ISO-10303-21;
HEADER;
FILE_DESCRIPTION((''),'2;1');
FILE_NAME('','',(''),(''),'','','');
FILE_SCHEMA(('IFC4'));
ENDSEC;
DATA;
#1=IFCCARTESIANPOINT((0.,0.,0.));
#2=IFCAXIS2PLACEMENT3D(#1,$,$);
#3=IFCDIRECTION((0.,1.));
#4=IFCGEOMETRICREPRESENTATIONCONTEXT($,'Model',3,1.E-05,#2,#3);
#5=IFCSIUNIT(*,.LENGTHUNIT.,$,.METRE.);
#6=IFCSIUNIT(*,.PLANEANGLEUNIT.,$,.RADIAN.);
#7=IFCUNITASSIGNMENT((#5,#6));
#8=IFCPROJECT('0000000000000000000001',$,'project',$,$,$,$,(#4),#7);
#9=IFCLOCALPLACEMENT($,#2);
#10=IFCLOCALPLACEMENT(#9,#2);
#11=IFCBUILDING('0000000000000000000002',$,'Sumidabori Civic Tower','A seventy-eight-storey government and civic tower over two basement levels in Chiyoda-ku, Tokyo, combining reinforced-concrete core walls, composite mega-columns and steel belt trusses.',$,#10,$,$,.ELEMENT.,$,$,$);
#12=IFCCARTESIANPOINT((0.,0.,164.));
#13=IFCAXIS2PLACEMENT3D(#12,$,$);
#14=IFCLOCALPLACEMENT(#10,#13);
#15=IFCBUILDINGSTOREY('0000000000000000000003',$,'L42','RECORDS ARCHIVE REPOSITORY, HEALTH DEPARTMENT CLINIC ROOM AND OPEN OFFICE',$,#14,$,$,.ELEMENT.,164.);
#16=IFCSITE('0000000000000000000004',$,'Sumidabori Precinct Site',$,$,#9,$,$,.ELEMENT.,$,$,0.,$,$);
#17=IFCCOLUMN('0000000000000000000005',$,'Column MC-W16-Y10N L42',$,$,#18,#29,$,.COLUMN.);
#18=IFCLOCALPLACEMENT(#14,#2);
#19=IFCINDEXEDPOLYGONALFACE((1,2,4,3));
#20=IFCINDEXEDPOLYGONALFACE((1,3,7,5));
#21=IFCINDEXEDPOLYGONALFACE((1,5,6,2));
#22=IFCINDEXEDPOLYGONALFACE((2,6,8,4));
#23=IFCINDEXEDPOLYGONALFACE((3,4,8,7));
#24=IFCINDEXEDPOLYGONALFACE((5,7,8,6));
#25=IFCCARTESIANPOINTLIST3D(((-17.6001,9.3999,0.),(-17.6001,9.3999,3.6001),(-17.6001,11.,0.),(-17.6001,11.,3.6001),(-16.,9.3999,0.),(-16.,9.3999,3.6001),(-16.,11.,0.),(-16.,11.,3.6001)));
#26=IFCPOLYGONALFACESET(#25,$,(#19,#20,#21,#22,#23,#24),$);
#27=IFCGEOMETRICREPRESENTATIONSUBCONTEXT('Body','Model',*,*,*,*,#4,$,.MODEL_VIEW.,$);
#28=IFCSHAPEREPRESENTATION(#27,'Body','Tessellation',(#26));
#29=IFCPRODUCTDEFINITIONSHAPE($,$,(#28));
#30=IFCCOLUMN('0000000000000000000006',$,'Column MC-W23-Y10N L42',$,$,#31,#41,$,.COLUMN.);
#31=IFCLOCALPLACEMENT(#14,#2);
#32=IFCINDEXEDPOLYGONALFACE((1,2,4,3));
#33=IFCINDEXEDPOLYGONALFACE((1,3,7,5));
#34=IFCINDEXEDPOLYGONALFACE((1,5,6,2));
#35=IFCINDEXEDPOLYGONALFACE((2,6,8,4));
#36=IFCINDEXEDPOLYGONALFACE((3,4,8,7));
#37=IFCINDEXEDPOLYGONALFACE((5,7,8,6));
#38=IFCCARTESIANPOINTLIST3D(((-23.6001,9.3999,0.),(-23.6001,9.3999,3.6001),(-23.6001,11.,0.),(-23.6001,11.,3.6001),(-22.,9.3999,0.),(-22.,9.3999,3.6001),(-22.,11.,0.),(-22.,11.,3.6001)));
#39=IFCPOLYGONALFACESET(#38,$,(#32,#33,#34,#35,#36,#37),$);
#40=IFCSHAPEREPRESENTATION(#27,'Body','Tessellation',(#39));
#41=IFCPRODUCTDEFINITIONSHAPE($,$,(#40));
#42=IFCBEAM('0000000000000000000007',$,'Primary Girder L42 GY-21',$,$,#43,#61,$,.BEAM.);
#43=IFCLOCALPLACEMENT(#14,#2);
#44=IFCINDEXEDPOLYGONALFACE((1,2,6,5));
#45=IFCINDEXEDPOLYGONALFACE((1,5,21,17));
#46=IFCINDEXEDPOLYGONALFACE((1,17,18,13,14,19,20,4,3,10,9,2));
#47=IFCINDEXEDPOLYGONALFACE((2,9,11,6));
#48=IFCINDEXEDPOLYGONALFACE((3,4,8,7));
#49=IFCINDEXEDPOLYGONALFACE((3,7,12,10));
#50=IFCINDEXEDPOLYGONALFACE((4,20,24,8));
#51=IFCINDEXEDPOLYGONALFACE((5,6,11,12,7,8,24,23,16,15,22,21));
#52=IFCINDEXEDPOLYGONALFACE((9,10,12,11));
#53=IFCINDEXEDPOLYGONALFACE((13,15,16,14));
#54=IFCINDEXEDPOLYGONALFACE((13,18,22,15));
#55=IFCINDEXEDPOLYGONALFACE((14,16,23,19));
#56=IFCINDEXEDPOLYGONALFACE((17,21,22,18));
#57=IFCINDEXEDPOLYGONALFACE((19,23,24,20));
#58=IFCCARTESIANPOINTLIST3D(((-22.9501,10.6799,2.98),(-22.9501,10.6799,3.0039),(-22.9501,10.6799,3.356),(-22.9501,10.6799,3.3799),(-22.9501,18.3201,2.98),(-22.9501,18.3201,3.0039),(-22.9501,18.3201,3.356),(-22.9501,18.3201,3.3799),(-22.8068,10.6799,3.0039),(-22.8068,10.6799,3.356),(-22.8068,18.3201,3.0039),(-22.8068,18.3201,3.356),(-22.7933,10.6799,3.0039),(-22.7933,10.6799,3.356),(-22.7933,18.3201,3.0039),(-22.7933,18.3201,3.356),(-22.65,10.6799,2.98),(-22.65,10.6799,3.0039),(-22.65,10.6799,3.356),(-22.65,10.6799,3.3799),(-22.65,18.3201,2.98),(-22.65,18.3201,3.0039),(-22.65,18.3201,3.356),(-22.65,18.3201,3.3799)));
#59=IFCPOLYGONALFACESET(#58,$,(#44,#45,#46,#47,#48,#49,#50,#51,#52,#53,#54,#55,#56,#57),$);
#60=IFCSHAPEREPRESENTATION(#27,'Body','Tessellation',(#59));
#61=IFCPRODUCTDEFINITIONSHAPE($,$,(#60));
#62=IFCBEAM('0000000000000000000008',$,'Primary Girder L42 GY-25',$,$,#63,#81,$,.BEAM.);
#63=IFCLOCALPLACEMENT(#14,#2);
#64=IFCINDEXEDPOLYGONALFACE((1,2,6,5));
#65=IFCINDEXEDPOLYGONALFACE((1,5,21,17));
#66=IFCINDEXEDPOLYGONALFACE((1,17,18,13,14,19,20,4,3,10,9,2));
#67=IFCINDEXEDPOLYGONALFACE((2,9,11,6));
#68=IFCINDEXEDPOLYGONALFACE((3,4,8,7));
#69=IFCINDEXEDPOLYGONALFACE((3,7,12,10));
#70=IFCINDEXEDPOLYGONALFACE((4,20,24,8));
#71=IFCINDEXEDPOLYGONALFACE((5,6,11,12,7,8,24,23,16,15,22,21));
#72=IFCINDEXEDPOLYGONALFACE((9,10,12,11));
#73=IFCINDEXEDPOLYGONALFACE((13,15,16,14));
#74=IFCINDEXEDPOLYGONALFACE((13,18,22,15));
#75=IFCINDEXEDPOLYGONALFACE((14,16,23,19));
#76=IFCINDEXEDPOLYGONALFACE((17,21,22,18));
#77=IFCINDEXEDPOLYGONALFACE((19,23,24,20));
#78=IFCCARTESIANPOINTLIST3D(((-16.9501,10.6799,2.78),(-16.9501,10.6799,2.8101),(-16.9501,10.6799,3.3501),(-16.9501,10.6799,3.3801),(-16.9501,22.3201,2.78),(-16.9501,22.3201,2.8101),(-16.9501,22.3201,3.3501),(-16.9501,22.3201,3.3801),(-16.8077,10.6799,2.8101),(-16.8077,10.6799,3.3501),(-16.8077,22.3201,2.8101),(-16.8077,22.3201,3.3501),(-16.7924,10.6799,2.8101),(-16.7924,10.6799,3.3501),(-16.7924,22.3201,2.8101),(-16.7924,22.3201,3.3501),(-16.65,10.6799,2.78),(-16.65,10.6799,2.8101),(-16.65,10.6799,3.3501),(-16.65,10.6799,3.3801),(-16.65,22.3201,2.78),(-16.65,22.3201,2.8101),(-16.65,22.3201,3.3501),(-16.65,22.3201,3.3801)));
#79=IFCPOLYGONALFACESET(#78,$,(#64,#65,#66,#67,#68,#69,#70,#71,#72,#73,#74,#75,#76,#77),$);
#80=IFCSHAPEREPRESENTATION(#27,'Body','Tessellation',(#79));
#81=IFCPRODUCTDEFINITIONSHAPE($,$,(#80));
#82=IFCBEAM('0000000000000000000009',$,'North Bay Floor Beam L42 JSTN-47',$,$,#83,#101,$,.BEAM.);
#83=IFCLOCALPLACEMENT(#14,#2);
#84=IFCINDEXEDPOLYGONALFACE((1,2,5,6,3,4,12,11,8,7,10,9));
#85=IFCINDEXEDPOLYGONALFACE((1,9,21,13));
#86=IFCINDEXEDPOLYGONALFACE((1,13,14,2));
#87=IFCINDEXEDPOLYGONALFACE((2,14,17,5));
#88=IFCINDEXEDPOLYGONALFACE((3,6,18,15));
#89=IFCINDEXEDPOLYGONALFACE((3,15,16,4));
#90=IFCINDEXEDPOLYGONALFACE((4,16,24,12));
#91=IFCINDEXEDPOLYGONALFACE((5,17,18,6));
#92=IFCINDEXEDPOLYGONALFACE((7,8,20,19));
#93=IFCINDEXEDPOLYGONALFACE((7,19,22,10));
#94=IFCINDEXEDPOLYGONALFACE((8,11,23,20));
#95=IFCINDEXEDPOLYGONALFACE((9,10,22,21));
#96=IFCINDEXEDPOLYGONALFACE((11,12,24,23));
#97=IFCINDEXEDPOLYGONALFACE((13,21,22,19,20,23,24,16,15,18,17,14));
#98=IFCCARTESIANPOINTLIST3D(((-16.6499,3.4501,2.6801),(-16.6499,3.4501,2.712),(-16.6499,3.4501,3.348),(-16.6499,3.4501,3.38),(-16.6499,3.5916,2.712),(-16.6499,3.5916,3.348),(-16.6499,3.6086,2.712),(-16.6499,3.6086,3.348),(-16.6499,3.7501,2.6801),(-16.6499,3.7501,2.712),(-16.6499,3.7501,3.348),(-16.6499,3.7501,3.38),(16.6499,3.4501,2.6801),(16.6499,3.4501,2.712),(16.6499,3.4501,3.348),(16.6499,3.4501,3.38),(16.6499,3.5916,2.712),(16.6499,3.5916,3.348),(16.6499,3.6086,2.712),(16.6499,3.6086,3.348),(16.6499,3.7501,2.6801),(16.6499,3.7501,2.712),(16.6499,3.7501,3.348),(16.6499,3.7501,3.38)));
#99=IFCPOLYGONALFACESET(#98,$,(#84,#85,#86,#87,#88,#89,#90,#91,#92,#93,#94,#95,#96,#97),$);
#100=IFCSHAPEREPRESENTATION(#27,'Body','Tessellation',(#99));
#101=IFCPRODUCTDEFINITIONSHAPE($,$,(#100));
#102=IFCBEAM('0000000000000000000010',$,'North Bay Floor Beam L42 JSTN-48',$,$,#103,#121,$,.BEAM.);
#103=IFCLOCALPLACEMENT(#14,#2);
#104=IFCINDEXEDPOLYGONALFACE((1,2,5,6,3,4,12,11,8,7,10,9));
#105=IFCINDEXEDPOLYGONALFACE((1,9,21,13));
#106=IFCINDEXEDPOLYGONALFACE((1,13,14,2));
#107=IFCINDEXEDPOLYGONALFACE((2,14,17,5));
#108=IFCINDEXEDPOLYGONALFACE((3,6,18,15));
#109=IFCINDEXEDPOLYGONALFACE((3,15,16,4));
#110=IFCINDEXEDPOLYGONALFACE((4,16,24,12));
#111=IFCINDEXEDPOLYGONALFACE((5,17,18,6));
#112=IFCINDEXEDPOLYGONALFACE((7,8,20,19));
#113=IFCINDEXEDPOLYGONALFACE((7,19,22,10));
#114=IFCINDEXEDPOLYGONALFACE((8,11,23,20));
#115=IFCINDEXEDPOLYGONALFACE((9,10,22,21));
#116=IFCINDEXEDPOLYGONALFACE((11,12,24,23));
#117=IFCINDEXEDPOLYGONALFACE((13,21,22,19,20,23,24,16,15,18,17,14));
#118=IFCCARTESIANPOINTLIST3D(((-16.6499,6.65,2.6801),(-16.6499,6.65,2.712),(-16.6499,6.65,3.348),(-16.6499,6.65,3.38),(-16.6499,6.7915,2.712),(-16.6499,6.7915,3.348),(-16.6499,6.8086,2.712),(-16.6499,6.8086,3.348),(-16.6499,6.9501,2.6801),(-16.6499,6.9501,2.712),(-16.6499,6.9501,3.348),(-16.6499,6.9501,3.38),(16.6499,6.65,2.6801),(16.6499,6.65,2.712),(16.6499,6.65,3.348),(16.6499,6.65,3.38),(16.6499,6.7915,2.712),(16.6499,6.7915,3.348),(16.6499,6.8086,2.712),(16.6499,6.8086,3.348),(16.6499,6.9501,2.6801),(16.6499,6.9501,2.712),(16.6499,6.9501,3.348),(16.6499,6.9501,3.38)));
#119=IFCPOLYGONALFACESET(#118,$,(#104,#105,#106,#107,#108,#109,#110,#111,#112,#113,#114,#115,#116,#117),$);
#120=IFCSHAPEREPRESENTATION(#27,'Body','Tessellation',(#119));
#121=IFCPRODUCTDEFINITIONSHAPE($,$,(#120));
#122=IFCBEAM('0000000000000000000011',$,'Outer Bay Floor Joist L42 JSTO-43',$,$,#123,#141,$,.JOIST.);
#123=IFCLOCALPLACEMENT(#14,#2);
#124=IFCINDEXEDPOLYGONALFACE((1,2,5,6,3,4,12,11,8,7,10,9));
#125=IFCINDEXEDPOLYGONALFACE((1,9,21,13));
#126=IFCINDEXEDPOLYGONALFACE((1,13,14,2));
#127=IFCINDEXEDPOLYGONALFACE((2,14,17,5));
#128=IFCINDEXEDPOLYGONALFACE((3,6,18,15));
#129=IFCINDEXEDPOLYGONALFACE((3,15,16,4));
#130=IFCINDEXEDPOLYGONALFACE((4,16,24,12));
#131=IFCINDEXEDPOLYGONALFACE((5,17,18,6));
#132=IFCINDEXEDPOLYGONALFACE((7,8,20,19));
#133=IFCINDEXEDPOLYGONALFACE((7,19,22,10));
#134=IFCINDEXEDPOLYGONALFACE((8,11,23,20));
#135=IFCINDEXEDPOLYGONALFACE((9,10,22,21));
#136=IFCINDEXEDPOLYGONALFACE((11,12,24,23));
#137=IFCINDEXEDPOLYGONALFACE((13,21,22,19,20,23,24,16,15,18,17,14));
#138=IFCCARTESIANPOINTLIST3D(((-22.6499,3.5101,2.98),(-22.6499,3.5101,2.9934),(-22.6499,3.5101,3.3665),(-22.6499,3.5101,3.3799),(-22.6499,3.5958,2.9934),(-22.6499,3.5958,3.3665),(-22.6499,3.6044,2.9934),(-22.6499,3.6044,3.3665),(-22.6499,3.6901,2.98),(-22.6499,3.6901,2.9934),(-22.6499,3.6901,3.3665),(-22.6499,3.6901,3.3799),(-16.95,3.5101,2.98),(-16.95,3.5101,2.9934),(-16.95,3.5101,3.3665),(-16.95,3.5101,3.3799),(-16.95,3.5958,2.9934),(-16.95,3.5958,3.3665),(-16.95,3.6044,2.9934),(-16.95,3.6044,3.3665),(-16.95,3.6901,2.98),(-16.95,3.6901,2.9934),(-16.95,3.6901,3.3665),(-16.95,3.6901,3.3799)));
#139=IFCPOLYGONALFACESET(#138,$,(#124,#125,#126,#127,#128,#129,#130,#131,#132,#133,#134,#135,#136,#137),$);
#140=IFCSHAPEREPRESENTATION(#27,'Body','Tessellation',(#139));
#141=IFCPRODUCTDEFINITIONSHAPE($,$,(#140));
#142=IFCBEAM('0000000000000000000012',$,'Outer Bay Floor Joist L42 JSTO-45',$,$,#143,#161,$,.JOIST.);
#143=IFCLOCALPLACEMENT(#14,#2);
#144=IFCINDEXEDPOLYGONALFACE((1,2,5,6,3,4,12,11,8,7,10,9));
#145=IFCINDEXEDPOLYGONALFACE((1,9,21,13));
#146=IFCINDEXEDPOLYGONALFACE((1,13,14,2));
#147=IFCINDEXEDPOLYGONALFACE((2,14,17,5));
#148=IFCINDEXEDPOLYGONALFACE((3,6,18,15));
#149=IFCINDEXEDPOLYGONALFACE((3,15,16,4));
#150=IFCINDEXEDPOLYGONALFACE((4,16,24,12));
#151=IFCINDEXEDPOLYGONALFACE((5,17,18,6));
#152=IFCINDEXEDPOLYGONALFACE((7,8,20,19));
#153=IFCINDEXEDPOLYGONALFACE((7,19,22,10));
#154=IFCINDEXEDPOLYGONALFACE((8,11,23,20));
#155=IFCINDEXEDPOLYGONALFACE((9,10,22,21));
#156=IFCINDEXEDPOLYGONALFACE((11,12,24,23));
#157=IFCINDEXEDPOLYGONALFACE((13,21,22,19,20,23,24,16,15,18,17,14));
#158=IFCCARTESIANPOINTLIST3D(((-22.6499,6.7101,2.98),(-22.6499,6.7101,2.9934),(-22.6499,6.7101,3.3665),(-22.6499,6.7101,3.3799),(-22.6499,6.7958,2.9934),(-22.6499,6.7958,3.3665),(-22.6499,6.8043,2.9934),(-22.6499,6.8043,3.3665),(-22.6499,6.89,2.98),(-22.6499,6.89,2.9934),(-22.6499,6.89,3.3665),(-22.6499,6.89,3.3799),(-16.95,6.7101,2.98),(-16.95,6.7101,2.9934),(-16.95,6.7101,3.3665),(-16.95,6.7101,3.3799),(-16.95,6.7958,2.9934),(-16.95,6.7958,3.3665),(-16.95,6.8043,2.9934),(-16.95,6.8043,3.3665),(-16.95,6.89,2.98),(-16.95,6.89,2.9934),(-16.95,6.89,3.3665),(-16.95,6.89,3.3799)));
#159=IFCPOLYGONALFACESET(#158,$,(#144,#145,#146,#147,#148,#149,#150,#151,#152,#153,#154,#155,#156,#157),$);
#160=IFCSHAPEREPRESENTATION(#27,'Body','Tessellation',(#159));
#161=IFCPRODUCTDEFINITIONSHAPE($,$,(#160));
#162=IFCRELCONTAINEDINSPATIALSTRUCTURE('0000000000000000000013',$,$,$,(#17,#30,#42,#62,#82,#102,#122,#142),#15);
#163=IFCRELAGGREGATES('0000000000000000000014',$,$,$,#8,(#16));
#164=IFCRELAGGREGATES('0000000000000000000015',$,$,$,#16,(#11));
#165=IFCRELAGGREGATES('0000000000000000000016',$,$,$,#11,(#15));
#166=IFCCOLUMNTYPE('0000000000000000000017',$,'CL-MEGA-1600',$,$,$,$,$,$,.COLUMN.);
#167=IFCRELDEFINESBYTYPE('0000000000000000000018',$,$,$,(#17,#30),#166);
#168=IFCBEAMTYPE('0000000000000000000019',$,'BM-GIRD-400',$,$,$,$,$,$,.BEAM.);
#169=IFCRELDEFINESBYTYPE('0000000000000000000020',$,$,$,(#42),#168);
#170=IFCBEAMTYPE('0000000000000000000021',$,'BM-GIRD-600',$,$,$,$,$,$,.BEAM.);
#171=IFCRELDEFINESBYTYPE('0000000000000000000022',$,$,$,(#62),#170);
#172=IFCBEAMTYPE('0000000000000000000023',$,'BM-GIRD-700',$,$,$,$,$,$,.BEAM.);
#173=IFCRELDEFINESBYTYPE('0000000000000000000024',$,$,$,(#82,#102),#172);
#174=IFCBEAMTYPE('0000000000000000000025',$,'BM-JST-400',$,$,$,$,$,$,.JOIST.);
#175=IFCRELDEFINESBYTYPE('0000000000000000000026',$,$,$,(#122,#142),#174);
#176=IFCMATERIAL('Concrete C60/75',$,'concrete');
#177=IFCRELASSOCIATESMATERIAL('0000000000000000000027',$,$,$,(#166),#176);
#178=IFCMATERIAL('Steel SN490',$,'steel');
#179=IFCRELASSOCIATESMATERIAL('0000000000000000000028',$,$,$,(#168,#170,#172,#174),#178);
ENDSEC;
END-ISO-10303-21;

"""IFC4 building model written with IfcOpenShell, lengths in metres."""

from ifc_helpers import new_model, si_unit, direction, frame, origin, origin_2d, place, context, subcontext, project, spatial, rectangle, i_section, extrude, source, transform, mapped, material, material_profile, profile_set, type_object, element, save


model = new_model("IFC4")

# Units and contexts
model_context = context("Model", 3, precision=1e-05, world=origin(), true_north=direction((0.0, 1.0)))
body_context = subcontext(model_context, "Body", "Model", "MODEL_VIEW")
ifc_project = project(units=[si_unit("LENGTHUNIT", "METRE"), si_unit("PLANEANGLEUNIT", "RADIAN")], contexts=[model_context])

# Site, building, storey
site_placement = place(None, origin())
site = spatial("IfcSite", under=ifc_project, at=site_placement, Name="Sumidabori Precinct Site", CompositionType="ELEMENT", RefElevation=0.0)
building_placement = place(site_placement, origin())
building = spatial("IfcBuilding", under=site, at=building_placement, Name="Sumidabori Civic Tower", Description="A seventy-eight-storey government and civic tower over two basement levels in Chiyoda-ku, Tokyo, combining reinforced-concrete core walls, composite mega-columns and steel belt trusses.", CompositionType="ELEMENT")
storey_placement = place(building_placement, frame((0.0, 0.0, 164.0)))
storey = spatial("IfcBuildingStorey", under=building, at=storey_placement, Name="L42", Description="RECORDS ARCHIVE REPOSITORY, HEALTH DEPARTMENT CLINIC ROOM AND OPEN OFFICE", CompositionType="ELEMENT", Elevation=164.0)

# Columns
ifc_material_1 = material(Name="Concrete C60/75", Category="concrete")
ifc_material_profile_1 = material_profile(ifc_material_1, rectangle(XDim=1.6001, YDim=1.6001, at=origin_2d()), Name="RC 1600x1600")
ifc_profile_set_1 = profile_set([ifc_material_profile_1], Name="Concrete C60/75")
column_type = type_object("IfcColumnType", Name="CL-MEGA-1600", PredefinedType="COLUMN", material=ifc_profile_set_1)
shared_shape_1 = source(origin(), body_context, "Body", "SweptSolid", [
    extrude(rectangle(XDim=1.6001, YDim=1.6001, at=origin_2d()), origin(), (0.0, 0.0, 1.0), 3.6001),
])
for number, where, z_axis, x_axis, name in (
    (1, (-16.8, 10.2, 0.0), (0.0, 0.0, 1.0), (1.0, 0.0, 0.0), "Column MC-W16-Y10N L42"),
    (2, (-22.8, 10.2, 0.0), (0.0, 0.0, 1.0), (1.0, 0.0, 0.0), "Column MC-W23-Y10N L42"),
):
    element("IfcColumn", number, at=place(storey_placement, frame(where, z_axis=z_axis, x_axis=x_axis)), inside=storey, type_object=column_type, Name=name, PredefinedType="COLUMN", context=body_context, shape_type="MappedRepresentation", body=[
        mapped(shared_shape_1, transform((0.0, 0.0, 0.0), x_axis=(1.0, 0.0, 0.0), y_axis=(0.0, 1.0, 0.0), z_axis=(0.0, 0.0, 1.0), scale=1.0)),
    ])

# Beams
ifc_material_2 = material(Name="Steel SN490", Category="steel")
ifc_material_profile_2 = material_profile(ifc_material_2, i_section(OverallWidth=0.3, OverallDepth=0.3999, WebThickness=0.0134, FlangeThickness=0.0239, at=origin_2d()), Name="HE 400 B")
ifc_profile_set_2 = profile_set([ifc_material_profile_2], Name="Steel SN490")
beam_type_1 = type_object("IfcBeamType", Name="BM-GIRD-400", PredefinedType="BEAM", material=ifc_profile_set_2)
shared_shape_2 = source(origin(), body_context, "Body", "SweptSolid", [
    extrude(i_section(OverallWidth=0.3, OverallDepth=0.3999, WebThickness=0.0134, FlangeThickness=0.0239, at=origin_2d()), origin(), (0.0, 0.0, 1.0), 7.6401),
])
beam_1_placement = place(storey_placement, frame((-22.8, 10.6799, 3.1799), z_axis=(0.0, 1.0, 0.0), x_axis=(-1.0, 0.0, 0.0)))
element("IfcBeam", 3, at=beam_1_placement, inside=storey, type_object=beam_type_1, Name="Primary Girder L42 GY-21", PredefinedType="BEAM", context=body_context, shape_type="MappedRepresentation", body=[
    mapped(shared_shape_2, transform((0.0, 0.0, 0.0), x_axis=(1.0, 0.0, 0.0), y_axis=(0.0, 1.0, 0.0), z_axis=(0.0, 0.0, 1.0), scale=1.0)),
])
ifc_material_profile_3 = material_profile(ifc_material_2, i_section(OverallWidth=0.3, OverallDepth=0.6001, WebThickness=0.0154, FlangeThickness=0.03, at=origin_2d()), Name="HE 600 B")
ifc_profile_set_3 = profile_set([ifc_material_profile_3], Name="Steel SN490")
beam_type_2 = type_object("IfcBeamType", Name="BM-GIRD-600", PredefinedType="BEAM", material=ifc_profile_set_3)
shared_shape_3 = source(origin(), body_context, "Body", "SweptSolid", [
    extrude(i_section(OverallWidth=0.3, OverallDepth=0.6001, WebThickness=0.0154, FlangeThickness=0.03, at=origin_2d()), origin(), (0.0, 0.0, 1.0), 11.6401),
])
beam_2_placement = place(storey_placement, frame((-16.8, 10.6799, 3.0801), z_axis=(0.0, 1.0, 0.0), x_axis=(-1.0, 0.0, 0.0)))
element("IfcBeam", 4, at=beam_2_placement, inside=storey, type_object=beam_type_2, Name="Primary Girder L42 GY-25", PredefinedType="BEAM", context=body_context, shape_type="MappedRepresentation", body=[
    mapped(shared_shape_3, transform((0.0, 0.0, 0.0), x_axis=(1.0, 0.0, 0.0), y_axis=(0.0, 1.0, 0.0), z_axis=(0.0, 0.0, 1.0), scale=1.0)),
])
ifc_material_profile_4 = material_profile(ifc_material_2, i_section(OverallWidth=0.3, OverallDepth=0.7, WebThickness=0.0171, FlangeThickness=0.032, at=origin_2d()), Name="HE 700 B")
ifc_profile_set_4 = profile_set([ifc_material_profile_4], Name="Steel SN490")
beam_type_3 = type_object("IfcBeamType", Name="BM-GIRD-700", PredefinedType="BEAM", material=ifc_profile_set_4)
shared_shape_4 = source(origin(), body_context, "Body", "SweptSolid", [
    extrude(i_section(OverallWidth=0.3, OverallDepth=0.7, WebThickness=0.0171, FlangeThickness=0.032, at=origin_2d()), origin(), (0.0, 0.0, 1.0), 33.2998),
])
for number, where, z_axis, x_axis, name in (
    (5, (-16.6499, 3.6001, 3.03), (1.0, 0.0, 0.0), (0.0, 1.0, 0.0), "North Bay Floor Beam L42 JSTN-47"),
    (6, (-16.6499, 6.8, 3.03), (1.0, 0.0, 0.0), (0.0, 1.0, 0.0), "North Bay Floor Beam L42 JSTN-48"),
):
    element("IfcBeam", number, at=place(storey_placement, frame(where, z_axis=z_axis, x_axis=x_axis)), inside=storey, type_object=beam_type_3, Name=name, PredefinedType="BEAM", context=body_context, shape_type="MappedRepresentation", body=[
        mapped(shared_shape_4, transform((0.0, 0.0, 0.0), x_axis=(1.0, 0.0, 0.0), y_axis=(0.0, 1.0, 0.0), z_axis=(0.0, 0.0, 1.0), scale=1.0)),
    ])
ifc_material_profile_5 = material_profile(ifc_material_2, i_section(OverallWidth=0.1799, OverallDepth=0.3999, WebThickness=0.0085, FlangeThickness=0.0134, at=origin_2d()), Name="IPE 400")
ifc_profile_set_5 = profile_set([ifc_material_profile_5], Name="Steel SN490")
beam_type_4 = type_object("IfcBeamType", Name="BM-JST-400", PredefinedType="JOIST", material=ifc_profile_set_5)
shared_shape_5 = source(origin(), body_context, "Body", "SweptSolid", [
    extrude(i_section(OverallWidth=0.1799, OverallDepth=0.3999, WebThickness=0.0085, FlangeThickness=0.0134, at=origin_2d()), origin(), (0.0, 0.0, 1.0), 5.7),
])
for number, where, z_axis, x_axis, name in (
    (7, (-22.6499, 3.6001, 3.1799), (1.0, 0.0, 0.0), (0.0, 1.0, 0.0), "Outer Bay Floor Joist L42 JSTO-43"),
    (8, (-22.6499, 6.8, 3.1799), (1.0, 0.0, 0.0), (0.0, 1.0, 0.0), "Outer Bay Floor Joist L42 JSTO-45"),
):
    element("IfcBeam", number, at=place(storey_placement, frame(where, z_axis=z_axis, x_axis=x_axis)), inside=storey, type_object=beam_type_4, Name=name, PredefinedType="JOIST", context=body_context, shape_type="MappedRepresentation", body=[
        mapped(shared_shape_5, transform((0.0, 0.0, 0.0), x_axis=(1.0, 0.0, 0.0), y_axis=(0.0, 1.0, 0.0), z_axis=(0.0, 0.0, 1.0), scale=1.0)),
    ])

save(model, "model.ifc")
